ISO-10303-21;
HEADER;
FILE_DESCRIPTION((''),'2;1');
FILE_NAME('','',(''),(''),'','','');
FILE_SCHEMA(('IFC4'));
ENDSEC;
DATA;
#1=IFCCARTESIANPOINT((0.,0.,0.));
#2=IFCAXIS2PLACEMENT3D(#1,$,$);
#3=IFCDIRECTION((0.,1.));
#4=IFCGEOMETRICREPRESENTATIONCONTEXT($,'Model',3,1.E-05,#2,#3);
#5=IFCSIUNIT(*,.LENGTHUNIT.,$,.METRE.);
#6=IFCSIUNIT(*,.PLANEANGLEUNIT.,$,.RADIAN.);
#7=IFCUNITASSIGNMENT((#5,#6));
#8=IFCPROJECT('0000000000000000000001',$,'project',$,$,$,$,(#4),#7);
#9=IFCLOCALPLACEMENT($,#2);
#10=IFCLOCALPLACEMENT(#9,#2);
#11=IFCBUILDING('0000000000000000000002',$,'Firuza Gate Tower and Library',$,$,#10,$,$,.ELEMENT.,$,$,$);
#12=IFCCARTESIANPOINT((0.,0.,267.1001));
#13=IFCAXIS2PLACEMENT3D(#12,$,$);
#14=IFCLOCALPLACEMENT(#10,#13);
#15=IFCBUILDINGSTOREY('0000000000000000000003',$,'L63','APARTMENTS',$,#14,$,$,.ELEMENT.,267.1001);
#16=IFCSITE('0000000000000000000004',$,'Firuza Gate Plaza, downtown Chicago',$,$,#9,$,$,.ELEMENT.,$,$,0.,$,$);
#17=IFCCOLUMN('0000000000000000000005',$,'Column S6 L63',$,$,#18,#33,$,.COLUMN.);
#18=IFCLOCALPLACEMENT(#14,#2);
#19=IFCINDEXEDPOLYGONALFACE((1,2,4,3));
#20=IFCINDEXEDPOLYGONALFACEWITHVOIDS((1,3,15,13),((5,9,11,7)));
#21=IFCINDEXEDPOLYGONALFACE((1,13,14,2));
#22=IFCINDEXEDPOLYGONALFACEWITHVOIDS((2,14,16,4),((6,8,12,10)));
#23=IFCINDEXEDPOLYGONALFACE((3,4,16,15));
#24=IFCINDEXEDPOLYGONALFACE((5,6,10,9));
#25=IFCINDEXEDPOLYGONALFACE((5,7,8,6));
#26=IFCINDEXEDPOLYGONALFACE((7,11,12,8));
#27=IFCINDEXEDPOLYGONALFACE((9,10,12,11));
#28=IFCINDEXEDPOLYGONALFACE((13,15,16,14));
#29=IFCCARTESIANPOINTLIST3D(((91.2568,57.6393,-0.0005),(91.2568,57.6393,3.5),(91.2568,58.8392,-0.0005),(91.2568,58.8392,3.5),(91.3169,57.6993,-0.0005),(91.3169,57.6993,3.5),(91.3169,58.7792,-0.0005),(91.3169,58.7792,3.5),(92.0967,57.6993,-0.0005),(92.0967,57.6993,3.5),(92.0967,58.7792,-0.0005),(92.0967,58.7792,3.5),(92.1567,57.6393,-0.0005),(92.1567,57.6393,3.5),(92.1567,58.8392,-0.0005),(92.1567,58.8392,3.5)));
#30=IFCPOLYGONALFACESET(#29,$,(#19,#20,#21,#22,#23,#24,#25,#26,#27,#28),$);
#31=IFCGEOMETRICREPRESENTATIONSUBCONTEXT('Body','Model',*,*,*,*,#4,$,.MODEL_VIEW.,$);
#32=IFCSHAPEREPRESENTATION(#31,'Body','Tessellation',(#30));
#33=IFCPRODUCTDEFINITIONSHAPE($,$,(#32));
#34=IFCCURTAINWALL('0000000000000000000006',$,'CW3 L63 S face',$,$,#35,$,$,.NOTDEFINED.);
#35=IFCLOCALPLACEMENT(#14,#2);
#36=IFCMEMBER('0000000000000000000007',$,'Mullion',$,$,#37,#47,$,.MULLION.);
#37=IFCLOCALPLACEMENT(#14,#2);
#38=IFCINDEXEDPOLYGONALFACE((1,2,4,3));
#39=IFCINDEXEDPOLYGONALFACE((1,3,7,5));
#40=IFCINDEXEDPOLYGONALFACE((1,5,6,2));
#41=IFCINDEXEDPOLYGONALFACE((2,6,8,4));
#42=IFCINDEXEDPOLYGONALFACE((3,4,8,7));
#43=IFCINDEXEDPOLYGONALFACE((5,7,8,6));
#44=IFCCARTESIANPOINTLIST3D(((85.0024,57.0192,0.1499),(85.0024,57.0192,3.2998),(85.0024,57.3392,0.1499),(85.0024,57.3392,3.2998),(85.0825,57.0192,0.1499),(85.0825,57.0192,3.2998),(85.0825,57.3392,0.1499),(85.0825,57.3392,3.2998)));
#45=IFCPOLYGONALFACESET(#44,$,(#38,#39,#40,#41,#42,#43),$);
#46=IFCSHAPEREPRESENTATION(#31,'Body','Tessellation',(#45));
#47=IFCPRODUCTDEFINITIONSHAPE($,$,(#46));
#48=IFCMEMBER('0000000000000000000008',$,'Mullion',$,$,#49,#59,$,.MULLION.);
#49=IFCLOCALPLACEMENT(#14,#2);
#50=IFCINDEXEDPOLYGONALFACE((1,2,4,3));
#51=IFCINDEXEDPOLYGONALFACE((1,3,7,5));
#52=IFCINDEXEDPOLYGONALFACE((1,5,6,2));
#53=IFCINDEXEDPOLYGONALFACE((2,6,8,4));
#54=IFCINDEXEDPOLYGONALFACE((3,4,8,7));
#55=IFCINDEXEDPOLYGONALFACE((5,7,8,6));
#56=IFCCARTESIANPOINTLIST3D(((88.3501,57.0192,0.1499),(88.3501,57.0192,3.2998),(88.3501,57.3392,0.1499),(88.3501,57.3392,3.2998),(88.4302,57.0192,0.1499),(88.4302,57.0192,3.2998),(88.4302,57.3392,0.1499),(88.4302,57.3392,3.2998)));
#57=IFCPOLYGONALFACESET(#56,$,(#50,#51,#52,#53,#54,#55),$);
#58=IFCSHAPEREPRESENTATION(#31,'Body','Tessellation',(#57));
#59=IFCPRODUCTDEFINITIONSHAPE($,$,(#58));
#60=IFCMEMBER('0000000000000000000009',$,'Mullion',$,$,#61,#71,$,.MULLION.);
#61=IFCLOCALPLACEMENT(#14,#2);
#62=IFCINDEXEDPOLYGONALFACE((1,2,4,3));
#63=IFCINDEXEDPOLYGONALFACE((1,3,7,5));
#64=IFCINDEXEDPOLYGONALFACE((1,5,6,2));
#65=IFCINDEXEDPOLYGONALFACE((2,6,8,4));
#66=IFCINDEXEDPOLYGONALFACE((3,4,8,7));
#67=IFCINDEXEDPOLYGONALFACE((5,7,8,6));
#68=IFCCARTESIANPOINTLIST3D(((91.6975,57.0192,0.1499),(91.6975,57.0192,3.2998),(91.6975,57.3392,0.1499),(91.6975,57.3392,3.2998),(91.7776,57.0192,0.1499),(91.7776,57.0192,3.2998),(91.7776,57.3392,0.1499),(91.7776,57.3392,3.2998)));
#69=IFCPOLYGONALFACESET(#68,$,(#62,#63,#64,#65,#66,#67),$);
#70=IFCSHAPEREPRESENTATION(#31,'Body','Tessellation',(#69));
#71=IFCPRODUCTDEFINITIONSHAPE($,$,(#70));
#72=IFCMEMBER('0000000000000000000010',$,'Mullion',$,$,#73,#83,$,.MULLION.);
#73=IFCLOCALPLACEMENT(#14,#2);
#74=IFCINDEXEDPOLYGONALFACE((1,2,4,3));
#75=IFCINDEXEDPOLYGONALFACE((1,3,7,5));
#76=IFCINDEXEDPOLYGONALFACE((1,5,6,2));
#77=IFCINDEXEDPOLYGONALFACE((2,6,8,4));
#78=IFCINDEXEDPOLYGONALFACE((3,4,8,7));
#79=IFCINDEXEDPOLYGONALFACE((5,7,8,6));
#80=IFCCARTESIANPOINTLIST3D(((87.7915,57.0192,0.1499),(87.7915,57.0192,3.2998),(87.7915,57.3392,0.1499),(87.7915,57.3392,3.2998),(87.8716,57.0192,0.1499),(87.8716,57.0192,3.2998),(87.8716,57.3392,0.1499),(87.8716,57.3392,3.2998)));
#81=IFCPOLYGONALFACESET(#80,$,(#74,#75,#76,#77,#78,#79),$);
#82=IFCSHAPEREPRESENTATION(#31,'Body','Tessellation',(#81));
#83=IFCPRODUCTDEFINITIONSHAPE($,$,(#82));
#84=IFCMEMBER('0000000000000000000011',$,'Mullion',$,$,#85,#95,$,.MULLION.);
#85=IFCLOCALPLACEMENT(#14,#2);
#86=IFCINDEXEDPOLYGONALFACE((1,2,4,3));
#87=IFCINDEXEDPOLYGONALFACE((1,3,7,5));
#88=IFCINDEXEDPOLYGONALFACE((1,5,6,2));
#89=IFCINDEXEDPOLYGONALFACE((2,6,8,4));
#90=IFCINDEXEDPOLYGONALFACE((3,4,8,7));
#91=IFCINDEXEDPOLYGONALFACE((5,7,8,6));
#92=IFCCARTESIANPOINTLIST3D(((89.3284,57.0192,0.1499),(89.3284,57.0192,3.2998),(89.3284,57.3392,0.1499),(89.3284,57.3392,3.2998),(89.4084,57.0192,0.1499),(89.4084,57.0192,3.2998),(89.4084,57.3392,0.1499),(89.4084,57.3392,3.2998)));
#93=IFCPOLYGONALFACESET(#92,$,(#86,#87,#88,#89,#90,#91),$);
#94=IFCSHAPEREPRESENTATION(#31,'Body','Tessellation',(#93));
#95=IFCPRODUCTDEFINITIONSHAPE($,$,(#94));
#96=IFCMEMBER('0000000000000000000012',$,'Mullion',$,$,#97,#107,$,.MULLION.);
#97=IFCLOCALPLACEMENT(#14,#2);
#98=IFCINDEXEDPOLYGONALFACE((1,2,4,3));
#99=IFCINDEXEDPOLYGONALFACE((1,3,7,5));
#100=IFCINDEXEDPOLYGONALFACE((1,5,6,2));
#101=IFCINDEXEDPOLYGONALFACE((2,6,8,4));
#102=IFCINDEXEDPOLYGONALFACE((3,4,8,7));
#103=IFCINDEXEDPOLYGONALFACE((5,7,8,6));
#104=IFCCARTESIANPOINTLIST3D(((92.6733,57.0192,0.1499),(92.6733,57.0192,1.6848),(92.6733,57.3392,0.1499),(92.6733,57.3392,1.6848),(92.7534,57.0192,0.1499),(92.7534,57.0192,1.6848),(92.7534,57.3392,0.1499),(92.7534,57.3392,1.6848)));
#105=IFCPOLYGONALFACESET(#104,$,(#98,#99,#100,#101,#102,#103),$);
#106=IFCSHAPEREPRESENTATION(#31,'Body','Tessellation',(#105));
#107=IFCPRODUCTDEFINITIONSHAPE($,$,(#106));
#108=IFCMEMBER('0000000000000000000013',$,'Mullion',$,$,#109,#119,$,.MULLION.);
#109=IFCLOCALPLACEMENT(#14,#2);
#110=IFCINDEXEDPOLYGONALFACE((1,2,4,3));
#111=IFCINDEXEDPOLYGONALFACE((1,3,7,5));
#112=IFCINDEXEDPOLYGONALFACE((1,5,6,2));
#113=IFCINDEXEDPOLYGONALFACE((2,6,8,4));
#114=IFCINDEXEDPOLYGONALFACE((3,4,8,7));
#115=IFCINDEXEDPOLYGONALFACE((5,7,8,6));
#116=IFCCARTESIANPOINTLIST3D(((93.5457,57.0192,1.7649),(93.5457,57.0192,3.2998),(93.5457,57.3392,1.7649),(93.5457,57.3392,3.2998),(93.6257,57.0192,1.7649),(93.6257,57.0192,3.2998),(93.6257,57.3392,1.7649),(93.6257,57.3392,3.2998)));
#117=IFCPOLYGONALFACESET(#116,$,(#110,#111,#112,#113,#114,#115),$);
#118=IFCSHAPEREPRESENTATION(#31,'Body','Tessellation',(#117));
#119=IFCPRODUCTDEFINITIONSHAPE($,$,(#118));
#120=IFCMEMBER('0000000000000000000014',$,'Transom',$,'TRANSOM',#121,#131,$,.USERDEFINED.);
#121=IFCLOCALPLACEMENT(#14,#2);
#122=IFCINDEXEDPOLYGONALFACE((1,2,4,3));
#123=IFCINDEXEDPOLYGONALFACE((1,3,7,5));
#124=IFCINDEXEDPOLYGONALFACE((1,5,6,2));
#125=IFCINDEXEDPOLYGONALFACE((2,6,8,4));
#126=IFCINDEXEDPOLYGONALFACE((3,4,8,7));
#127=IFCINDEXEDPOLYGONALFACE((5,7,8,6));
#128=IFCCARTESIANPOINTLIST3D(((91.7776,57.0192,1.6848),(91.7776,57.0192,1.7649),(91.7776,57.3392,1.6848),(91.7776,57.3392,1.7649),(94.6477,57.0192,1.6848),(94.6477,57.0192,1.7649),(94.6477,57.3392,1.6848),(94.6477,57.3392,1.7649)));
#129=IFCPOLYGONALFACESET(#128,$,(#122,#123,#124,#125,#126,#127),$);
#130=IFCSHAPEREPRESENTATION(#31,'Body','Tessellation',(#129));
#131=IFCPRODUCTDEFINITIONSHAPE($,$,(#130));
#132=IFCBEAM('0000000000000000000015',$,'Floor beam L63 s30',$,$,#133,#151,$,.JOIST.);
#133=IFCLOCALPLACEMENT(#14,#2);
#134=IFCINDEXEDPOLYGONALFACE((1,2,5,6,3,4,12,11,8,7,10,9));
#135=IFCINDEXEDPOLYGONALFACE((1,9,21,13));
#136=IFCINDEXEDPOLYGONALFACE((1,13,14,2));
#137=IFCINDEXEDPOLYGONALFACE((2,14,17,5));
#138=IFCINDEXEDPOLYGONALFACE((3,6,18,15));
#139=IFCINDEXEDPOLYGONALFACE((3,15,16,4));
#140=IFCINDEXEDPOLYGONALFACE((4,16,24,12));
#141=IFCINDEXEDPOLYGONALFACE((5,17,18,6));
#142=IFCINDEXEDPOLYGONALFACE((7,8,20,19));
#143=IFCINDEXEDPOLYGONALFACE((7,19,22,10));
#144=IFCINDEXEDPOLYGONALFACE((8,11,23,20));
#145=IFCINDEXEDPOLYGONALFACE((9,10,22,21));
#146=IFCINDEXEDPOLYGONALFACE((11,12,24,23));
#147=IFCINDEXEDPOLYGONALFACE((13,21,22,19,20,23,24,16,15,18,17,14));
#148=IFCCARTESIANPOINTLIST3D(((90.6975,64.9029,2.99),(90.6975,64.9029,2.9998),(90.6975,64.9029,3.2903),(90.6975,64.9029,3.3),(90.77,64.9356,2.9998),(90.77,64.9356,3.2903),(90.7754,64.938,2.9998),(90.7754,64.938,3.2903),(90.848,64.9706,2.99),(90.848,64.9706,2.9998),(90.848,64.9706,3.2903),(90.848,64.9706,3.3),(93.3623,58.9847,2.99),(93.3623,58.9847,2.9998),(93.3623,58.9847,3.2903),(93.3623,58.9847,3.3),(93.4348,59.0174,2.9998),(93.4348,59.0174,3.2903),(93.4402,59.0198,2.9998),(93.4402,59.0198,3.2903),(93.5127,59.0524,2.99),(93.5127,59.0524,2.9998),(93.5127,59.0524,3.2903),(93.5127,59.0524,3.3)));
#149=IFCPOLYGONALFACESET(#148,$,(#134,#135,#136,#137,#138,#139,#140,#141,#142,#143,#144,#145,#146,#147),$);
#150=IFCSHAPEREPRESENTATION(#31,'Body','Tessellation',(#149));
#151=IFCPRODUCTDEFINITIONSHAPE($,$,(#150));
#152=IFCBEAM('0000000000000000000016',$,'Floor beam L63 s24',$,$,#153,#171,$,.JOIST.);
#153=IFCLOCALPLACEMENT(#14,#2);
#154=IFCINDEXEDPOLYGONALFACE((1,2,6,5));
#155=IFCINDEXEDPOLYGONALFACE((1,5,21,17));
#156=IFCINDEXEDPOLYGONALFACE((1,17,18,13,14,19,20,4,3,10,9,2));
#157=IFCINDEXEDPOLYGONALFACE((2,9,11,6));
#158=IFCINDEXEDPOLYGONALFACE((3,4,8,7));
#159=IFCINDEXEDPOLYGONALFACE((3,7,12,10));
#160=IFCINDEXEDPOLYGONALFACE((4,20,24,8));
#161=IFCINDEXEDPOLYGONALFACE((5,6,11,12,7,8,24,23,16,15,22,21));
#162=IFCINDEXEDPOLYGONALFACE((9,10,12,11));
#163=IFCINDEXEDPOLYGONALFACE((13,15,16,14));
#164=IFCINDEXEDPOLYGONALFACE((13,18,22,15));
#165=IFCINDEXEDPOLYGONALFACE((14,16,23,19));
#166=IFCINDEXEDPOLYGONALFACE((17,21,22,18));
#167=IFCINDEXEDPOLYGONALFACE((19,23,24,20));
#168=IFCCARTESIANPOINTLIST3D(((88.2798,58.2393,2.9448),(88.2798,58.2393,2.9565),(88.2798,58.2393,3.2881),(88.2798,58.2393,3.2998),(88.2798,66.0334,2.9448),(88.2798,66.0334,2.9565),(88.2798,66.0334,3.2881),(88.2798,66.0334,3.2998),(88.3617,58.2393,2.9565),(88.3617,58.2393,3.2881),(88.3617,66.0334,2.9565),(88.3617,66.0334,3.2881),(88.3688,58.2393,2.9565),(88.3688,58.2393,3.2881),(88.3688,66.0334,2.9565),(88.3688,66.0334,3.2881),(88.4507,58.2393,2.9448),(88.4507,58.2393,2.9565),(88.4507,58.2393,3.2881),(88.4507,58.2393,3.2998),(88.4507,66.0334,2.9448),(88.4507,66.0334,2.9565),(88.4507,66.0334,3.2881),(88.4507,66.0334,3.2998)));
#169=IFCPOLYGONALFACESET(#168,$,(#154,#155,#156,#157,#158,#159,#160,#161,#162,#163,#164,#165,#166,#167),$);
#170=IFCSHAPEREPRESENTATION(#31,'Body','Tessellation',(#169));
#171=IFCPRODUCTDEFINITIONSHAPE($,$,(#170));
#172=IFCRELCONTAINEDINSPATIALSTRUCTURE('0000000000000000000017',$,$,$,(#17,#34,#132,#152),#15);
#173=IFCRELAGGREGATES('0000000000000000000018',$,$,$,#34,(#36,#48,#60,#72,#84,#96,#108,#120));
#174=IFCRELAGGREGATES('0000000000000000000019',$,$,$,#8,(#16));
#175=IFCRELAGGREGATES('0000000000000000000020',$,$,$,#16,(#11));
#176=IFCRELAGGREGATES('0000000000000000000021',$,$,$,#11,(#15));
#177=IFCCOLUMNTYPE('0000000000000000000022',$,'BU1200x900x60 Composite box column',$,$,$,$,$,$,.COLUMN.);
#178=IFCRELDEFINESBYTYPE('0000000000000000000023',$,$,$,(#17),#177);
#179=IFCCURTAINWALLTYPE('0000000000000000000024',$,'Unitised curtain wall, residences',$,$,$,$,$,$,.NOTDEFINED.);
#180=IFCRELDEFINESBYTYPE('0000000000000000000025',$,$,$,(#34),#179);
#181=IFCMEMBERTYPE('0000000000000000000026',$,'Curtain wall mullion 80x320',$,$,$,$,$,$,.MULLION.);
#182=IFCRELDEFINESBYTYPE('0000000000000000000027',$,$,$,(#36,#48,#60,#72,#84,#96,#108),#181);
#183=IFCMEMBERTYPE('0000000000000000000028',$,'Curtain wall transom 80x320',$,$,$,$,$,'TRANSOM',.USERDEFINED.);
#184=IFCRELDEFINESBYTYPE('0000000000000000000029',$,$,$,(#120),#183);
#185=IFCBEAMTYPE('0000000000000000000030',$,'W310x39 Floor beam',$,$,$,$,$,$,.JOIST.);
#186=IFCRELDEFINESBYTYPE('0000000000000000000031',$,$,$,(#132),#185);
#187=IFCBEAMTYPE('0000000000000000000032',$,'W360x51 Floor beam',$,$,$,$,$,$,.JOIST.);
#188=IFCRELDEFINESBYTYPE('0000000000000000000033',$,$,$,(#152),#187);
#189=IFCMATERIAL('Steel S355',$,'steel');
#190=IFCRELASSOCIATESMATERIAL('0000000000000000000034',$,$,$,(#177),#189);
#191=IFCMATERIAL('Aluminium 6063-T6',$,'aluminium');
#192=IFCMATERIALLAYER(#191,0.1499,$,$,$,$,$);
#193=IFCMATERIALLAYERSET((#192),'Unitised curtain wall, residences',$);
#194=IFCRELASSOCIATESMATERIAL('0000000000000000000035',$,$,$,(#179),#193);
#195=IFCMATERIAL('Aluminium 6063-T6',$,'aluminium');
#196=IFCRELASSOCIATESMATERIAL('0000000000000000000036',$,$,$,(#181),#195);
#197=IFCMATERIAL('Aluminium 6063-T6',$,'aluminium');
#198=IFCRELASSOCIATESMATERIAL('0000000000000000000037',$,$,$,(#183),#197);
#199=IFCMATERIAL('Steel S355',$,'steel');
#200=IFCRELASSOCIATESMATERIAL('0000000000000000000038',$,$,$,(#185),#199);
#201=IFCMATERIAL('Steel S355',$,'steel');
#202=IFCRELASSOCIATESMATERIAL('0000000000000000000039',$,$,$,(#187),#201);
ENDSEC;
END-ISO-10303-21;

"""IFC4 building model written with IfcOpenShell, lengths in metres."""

from ifc_helpers import new_model, si_unit, direction, frame, origin, origin_2d, place, context, subcontext, project, spatial, rectangle, hollow_rectangle, i_section, extrude, material, layer, layer_set, material_profile, profile_set, type_object, element, aggregate, save


model = new_model("IFC4")

# Units and contexts
model_context = context("Model", 3, precision=1e-05, world=origin(), true_north=direction((0.0, 1.0)))
body_context = subcontext(model_context, "Body", "Model", "MODEL_VIEW")
ifc_project = project(units=[si_unit("LENGTHUNIT", "METRE"), si_unit("PLANEANGLEUNIT", "RADIAN")], contexts=[model_context])

# Site, building, storey
site_placement = place(None, origin())
site = spatial("IfcSite", under=ifc_project, at=site_placement, Name="Firuza Gate Plaza, downtown Chicago", CompositionType="ELEMENT", RefElevation=0.0)
building_placement = place(site_placement, origin())
building = spatial("IfcBuilding", under=site, at=building_placement, Name="Firuza Gate Tower and Library", CompositionType="ELEMENT")
storey_placement = place(building_placement, frame((0.0, 0.0, 267.1001)))
storey = spatial("IfcBuildingStorey", under=building, at=storey_placement, Name="L63", Description="APARTMENTS", CompositionType="ELEMENT", Elevation=267.1001)

# Column
ifc_material_1 = material(Name="Steel S355", Category="steel")
ifc_material_profile_1 = material_profile(ifc_material_1, hollow_rectangle(XDim=0.8999, YDim=1.2, WallThickness=0.0601, at=origin_2d()))
ifc_profile_set_1 = profile_set([ifc_material_profile_1], Name="Steel S355")
column_type = type_object("IfcColumnType", Name="BU1200x900x60 Composite box column", PredefinedType="COLUMN", material=ifc_profile_set_1)
column_placement = place(storey_placement, frame((91.7068, 58.2393, -0.0005), z_axis=(0.0, 0.0, 1.0), x_axis=(1.0, 0.0, 0.0)))
element("IfcColumn", 1, at=column_placement, inside=storey, type_object=column_type, Name="Column S6 L63", PredefinedType="COLUMN", context=body_context, shape_type="SweptSolid", body=[
    extrude(hollow_rectangle(XDim=0.8999, YDim=1.2, WallThickness=0.0601, at=origin_2d()), origin(), (0.0, 0.0, 1.0), 3.5005),
])

# Curtain wall, members
ifc_material_2 = material(Name="Aluminium 6063-T6", Category="aluminium")
ifc_layer_1 = layer(ifc_material_2, 0.1499)
ifc_layer_set_1 = layer_set([ifc_layer_1], Name="Unitised curtain wall, residences")
curtain_wall_type = type_object("IfcCurtainWallType", Name="Unitised curtain wall, residences", PredefinedType="NOTDEFINED", material=ifc_layer_set_1)
curtain_wall_placement = place(storey_placement, origin())
curtain_wall = element("IfcCurtainWall", 2, at=curtain_wall_placement, inside=storey, type_object=curtain_wall_type, Name="CW3 L63 S face", PredefinedType="NOTDEFINED")
ifc_material_3 = material(Name="Aluminium 6063-T6", Category="aluminium")
ifc_material_profile_2 = material_profile(ifc_material_3, rectangle(XDim=0.3201, YDim=0.0801, at=origin_2d()))
ifc_profile_set_2 = profile_set([ifc_material_profile_2], Name="Aluminium 6063-T6")
member_type_1 = type_object("IfcMemberType", Name="Curtain wall mullion 80x320", PredefinedType="MULLION", material=ifc_profile_set_2)
member_1_placement = place(storey_placement, frame((85.0425, 57.1792, 0.1499), z_axis=(0.0, 0.0, 1.0), x_axis=(0.0, 1.0, 0.0)))
member_1 = element("IfcMember", 3, at=member_1_placement, type_object=member_type_1, Name="Mullion", PredefinedType="MULLION", context=body_context, shape_type="SweptSolid", body=[
    extrude(rectangle(XDim=0.3201, YDim=0.0801, at=origin_2d()), origin(), (0.0, 0.0, 1.0), 3.1499),
])
member_2_placement = place(storey_placement, frame((88.3901, 57.1792, 0.1499), z_axis=(0.0, 0.0, 1.0), x_axis=(0.0, 1.0, 0.0)))
member_2 = element("IfcMember", 4, at=member_2_placement, type_object=member_type_1, Name="Mullion", PredefinedType="MULLION", context=body_context, shape_type="SweptSolid", body=[
    extrude(rectangle(XDim=0.3201, YDim=0.0801, at=origin_2d()), origin(), (0.0, 0.0, 1.0), 3.1499),
])
member_3_placement = place(storey_placement, frame((91.7375, 57.1792, 0.1499), z_axis=(0.0, 0.0, 1.0), x_axis=(0.0, 1.0, 0.0)))
member_3 = element("IfcMember", 5, at=member_3_placement, type_object=member_type_1, Name="Mullion", PredefinedType="MULLION", context=body_context, shape_type="SweptSolid", body=[
    extrude(rectangle(XDim=0.3201, YDim=0.0801, at=origin_2d()), origin(), (0.0, 0.0, 1.0), 3.1499),
])
member_4_placement = place(storey_placement, frame((87.8315, 57.1792, 0.1499), z_axis=(0.0, 0.0, 1.0), x_axis=(0.0, 1.0, 0.0)))
member_4 = element("IfcMember", 6, at=member_4_placement, type_object=member_type_1, Name="Mullion", PredefinedType="MULLION", context=body_context, shape_type="SweptSolid", body=[
    extrude(rectangle(XDim=0.3201, YDim=0.0801, at=origin_2d()), origin(), (0.0, 0.0, 1.0), 3.1499),
])
member_5_placement = place(storey_placement, frame((89.3684, 57.1792, 0.1499), z_axis=(0.0, 0.0, 1.0), x_axis=(0.0, 1.0, 0.0)))
member_5 = element("IfcMember", 7, at=member_5_placement, type_object=member_type_1, Name="Mullion", PredefinedType="MULLION", context=body_context, shape_type="SweptSolid", body=[
    extrude(rectangle(XDim=0.3201, YDim=0.0801, at=origin_2d()), origin(), (0.0, 0.0, 1.0), 3.1499),
])
member_6_placement = place(storey_placement, frame((92.7134, 57.1792, 0.1499), z_axis=(0.0, 0.0, 1.0), x_axis=(0.0, 1.0, 0.0)))
member_6 = element("IfcMember", 8, at=member_6_placement, type_object=member_type_1, Name="Mullion", PredefinedType="MULLION", context=body_context, shape_type="SweptSolid", body=[
    extrude(rectangle(XDim=0.3201, YDim=0.0801, at=origin_2d()), origin(), (0.0, 0.0, 1.0), 1.5349),
])
member_7_placement = place(storey_placement, frame((93.5857, 57.1792, 1.7649), z_axis=(0.0, 0.0, 1.0), x_axis=(0.0, 1.0, 0.0)))
member_7 = element("IfcMember", 9, at=member_7_placement, type_object=member_type_1, Name="Mullion", PredefinedType="MULLION", context=body_context, shape_type="SweptSolid", body=[
    extrude(rectangle(XDim=0.3201, YDim=0.0801, at=origin_2d()), origin(), (0.0, 0.0, 1.0), 1.5349),
])
ifc_material_4 = material(Name="Aluminium 6063-T6", Category="aluminium")
ifc_material_profile_3 = material_profile(ifc_material_4, rectangle(XDim=0.3201, YDim=0.0801, at=origin_2d()))
ifc_profile_set_3 = profile_set([ifc_material_profile_3], Name="Aluminium 6063-T6")
member_type_2 = type_object("IfcMemberType", Name="Curtain wall transom 80x320", ElementType="TRANSOM", PredefinedType="USERDEFINED", material=ifc_profile_set_3)
member_8_placement = place(storey_placement, frame((91.7776, 57.1792, 1.7249), z_axis=(1.0, 0.0, 0.0), x_axis=(0.0, 1.0, 0.0)))
member_8 = element("IfcMember", 10, at=member_8_placement, type_object=member_type_2, Name="Transom", ObjectType="TRANSOM", PredefinedType="USERDEFINED", context=body_context, shape_type="SweptSolid", body=[
    extrude(rectangle(XDim=0.3201, YDim=0.0801, at=origin_2d()), origin(), (0.0, 0.0, 1.0), 2.8701),
])

# Beams
ifc_material_5 = material(Name="Steel S355", Category="steel")
ifc_material_profile_4 = material_profile(ifc_material_5, i_section(OverallWidth=0.165, OverallDepth=0.3101, WebThickness=0.0059, FlangeThickness=0.0098, at=origin_2d()))
ifc_profile_set_4 = profile_set([ifc_material_profile_4], Name="Steel S355")
beam_type_1 = type_object("IfcBeamType", Name="W310x39 Floor beam", PredefinedType="JOIST", material=ifc_profile_set_4)
beam_1_placement = place(storey_placement, frame((93.4375, 59.0186, 3.145), z_axis=(-0.41057, 0.911829, 0.0), x_axis=(-0.911829, -0.41057, 0.0)))
element("IfcBeam", 11, at=beam_1_placement, inside=storey, type_object=beam_type_1, Name="Floor beam L63 s30", PredefinedType="JOIST", context=body_context, shape_type="SweptSolid", body=[
    extrude(i_section(OverallWidth=0.165, OverallDepth=0.3101, WebThickness=0.0059, FlangeThickness=0.0098, at=origin_2d()), origin(), (0.0, 0.0, 1.0), 6.4905),
])
ifc_material_6 = material(Name="Steel S355", Category="steel")
ifc_material_profile_5 = material_profile(ifc_material_6, i_section(OverallWidth=0.1709, OverallDepth=0.355, WebThickness=0.0071, FlangeThickness=0.0117, at=origin_2d()))
ifc_profile_set_5 = profile_set([ifc_material_profile_5], Name="Steel S355")
beam_type_2 = type_object("IfcBeamType", Name="W360x51 Floor beam", PredefinedType="JOIST", material=ifc_profile_set_5)
beam_2_placement = place(storey_placement, frame((88.3652, 58.2393, 3.1223), z_axis=(0.0, 1.0, 0.0), x_axis=(-1.0, 0.0, 0.0)))
element("IfcBeam", 12, at=beam_2_placement, inside=storey, type_object=beam_type_2, Name="Floor beam L63 s24", PredefinedType="JOIST", context=body_context, shape_type="SweptSolid", body=[
    extrude(i_section(OverallWidth=0.1709, OverallDepth=0.355, WebThickness=0.0071, FlangeThickness=0.0117, at=origin_2d()), origin(), (0.0, 0.0, 1.0), 7.7942),
])

aggregate(curtain_wall, [member_1, member_2, member_3, member_4, member_5, member_6, member_7, member_8])

save(model, "model.ifc")
